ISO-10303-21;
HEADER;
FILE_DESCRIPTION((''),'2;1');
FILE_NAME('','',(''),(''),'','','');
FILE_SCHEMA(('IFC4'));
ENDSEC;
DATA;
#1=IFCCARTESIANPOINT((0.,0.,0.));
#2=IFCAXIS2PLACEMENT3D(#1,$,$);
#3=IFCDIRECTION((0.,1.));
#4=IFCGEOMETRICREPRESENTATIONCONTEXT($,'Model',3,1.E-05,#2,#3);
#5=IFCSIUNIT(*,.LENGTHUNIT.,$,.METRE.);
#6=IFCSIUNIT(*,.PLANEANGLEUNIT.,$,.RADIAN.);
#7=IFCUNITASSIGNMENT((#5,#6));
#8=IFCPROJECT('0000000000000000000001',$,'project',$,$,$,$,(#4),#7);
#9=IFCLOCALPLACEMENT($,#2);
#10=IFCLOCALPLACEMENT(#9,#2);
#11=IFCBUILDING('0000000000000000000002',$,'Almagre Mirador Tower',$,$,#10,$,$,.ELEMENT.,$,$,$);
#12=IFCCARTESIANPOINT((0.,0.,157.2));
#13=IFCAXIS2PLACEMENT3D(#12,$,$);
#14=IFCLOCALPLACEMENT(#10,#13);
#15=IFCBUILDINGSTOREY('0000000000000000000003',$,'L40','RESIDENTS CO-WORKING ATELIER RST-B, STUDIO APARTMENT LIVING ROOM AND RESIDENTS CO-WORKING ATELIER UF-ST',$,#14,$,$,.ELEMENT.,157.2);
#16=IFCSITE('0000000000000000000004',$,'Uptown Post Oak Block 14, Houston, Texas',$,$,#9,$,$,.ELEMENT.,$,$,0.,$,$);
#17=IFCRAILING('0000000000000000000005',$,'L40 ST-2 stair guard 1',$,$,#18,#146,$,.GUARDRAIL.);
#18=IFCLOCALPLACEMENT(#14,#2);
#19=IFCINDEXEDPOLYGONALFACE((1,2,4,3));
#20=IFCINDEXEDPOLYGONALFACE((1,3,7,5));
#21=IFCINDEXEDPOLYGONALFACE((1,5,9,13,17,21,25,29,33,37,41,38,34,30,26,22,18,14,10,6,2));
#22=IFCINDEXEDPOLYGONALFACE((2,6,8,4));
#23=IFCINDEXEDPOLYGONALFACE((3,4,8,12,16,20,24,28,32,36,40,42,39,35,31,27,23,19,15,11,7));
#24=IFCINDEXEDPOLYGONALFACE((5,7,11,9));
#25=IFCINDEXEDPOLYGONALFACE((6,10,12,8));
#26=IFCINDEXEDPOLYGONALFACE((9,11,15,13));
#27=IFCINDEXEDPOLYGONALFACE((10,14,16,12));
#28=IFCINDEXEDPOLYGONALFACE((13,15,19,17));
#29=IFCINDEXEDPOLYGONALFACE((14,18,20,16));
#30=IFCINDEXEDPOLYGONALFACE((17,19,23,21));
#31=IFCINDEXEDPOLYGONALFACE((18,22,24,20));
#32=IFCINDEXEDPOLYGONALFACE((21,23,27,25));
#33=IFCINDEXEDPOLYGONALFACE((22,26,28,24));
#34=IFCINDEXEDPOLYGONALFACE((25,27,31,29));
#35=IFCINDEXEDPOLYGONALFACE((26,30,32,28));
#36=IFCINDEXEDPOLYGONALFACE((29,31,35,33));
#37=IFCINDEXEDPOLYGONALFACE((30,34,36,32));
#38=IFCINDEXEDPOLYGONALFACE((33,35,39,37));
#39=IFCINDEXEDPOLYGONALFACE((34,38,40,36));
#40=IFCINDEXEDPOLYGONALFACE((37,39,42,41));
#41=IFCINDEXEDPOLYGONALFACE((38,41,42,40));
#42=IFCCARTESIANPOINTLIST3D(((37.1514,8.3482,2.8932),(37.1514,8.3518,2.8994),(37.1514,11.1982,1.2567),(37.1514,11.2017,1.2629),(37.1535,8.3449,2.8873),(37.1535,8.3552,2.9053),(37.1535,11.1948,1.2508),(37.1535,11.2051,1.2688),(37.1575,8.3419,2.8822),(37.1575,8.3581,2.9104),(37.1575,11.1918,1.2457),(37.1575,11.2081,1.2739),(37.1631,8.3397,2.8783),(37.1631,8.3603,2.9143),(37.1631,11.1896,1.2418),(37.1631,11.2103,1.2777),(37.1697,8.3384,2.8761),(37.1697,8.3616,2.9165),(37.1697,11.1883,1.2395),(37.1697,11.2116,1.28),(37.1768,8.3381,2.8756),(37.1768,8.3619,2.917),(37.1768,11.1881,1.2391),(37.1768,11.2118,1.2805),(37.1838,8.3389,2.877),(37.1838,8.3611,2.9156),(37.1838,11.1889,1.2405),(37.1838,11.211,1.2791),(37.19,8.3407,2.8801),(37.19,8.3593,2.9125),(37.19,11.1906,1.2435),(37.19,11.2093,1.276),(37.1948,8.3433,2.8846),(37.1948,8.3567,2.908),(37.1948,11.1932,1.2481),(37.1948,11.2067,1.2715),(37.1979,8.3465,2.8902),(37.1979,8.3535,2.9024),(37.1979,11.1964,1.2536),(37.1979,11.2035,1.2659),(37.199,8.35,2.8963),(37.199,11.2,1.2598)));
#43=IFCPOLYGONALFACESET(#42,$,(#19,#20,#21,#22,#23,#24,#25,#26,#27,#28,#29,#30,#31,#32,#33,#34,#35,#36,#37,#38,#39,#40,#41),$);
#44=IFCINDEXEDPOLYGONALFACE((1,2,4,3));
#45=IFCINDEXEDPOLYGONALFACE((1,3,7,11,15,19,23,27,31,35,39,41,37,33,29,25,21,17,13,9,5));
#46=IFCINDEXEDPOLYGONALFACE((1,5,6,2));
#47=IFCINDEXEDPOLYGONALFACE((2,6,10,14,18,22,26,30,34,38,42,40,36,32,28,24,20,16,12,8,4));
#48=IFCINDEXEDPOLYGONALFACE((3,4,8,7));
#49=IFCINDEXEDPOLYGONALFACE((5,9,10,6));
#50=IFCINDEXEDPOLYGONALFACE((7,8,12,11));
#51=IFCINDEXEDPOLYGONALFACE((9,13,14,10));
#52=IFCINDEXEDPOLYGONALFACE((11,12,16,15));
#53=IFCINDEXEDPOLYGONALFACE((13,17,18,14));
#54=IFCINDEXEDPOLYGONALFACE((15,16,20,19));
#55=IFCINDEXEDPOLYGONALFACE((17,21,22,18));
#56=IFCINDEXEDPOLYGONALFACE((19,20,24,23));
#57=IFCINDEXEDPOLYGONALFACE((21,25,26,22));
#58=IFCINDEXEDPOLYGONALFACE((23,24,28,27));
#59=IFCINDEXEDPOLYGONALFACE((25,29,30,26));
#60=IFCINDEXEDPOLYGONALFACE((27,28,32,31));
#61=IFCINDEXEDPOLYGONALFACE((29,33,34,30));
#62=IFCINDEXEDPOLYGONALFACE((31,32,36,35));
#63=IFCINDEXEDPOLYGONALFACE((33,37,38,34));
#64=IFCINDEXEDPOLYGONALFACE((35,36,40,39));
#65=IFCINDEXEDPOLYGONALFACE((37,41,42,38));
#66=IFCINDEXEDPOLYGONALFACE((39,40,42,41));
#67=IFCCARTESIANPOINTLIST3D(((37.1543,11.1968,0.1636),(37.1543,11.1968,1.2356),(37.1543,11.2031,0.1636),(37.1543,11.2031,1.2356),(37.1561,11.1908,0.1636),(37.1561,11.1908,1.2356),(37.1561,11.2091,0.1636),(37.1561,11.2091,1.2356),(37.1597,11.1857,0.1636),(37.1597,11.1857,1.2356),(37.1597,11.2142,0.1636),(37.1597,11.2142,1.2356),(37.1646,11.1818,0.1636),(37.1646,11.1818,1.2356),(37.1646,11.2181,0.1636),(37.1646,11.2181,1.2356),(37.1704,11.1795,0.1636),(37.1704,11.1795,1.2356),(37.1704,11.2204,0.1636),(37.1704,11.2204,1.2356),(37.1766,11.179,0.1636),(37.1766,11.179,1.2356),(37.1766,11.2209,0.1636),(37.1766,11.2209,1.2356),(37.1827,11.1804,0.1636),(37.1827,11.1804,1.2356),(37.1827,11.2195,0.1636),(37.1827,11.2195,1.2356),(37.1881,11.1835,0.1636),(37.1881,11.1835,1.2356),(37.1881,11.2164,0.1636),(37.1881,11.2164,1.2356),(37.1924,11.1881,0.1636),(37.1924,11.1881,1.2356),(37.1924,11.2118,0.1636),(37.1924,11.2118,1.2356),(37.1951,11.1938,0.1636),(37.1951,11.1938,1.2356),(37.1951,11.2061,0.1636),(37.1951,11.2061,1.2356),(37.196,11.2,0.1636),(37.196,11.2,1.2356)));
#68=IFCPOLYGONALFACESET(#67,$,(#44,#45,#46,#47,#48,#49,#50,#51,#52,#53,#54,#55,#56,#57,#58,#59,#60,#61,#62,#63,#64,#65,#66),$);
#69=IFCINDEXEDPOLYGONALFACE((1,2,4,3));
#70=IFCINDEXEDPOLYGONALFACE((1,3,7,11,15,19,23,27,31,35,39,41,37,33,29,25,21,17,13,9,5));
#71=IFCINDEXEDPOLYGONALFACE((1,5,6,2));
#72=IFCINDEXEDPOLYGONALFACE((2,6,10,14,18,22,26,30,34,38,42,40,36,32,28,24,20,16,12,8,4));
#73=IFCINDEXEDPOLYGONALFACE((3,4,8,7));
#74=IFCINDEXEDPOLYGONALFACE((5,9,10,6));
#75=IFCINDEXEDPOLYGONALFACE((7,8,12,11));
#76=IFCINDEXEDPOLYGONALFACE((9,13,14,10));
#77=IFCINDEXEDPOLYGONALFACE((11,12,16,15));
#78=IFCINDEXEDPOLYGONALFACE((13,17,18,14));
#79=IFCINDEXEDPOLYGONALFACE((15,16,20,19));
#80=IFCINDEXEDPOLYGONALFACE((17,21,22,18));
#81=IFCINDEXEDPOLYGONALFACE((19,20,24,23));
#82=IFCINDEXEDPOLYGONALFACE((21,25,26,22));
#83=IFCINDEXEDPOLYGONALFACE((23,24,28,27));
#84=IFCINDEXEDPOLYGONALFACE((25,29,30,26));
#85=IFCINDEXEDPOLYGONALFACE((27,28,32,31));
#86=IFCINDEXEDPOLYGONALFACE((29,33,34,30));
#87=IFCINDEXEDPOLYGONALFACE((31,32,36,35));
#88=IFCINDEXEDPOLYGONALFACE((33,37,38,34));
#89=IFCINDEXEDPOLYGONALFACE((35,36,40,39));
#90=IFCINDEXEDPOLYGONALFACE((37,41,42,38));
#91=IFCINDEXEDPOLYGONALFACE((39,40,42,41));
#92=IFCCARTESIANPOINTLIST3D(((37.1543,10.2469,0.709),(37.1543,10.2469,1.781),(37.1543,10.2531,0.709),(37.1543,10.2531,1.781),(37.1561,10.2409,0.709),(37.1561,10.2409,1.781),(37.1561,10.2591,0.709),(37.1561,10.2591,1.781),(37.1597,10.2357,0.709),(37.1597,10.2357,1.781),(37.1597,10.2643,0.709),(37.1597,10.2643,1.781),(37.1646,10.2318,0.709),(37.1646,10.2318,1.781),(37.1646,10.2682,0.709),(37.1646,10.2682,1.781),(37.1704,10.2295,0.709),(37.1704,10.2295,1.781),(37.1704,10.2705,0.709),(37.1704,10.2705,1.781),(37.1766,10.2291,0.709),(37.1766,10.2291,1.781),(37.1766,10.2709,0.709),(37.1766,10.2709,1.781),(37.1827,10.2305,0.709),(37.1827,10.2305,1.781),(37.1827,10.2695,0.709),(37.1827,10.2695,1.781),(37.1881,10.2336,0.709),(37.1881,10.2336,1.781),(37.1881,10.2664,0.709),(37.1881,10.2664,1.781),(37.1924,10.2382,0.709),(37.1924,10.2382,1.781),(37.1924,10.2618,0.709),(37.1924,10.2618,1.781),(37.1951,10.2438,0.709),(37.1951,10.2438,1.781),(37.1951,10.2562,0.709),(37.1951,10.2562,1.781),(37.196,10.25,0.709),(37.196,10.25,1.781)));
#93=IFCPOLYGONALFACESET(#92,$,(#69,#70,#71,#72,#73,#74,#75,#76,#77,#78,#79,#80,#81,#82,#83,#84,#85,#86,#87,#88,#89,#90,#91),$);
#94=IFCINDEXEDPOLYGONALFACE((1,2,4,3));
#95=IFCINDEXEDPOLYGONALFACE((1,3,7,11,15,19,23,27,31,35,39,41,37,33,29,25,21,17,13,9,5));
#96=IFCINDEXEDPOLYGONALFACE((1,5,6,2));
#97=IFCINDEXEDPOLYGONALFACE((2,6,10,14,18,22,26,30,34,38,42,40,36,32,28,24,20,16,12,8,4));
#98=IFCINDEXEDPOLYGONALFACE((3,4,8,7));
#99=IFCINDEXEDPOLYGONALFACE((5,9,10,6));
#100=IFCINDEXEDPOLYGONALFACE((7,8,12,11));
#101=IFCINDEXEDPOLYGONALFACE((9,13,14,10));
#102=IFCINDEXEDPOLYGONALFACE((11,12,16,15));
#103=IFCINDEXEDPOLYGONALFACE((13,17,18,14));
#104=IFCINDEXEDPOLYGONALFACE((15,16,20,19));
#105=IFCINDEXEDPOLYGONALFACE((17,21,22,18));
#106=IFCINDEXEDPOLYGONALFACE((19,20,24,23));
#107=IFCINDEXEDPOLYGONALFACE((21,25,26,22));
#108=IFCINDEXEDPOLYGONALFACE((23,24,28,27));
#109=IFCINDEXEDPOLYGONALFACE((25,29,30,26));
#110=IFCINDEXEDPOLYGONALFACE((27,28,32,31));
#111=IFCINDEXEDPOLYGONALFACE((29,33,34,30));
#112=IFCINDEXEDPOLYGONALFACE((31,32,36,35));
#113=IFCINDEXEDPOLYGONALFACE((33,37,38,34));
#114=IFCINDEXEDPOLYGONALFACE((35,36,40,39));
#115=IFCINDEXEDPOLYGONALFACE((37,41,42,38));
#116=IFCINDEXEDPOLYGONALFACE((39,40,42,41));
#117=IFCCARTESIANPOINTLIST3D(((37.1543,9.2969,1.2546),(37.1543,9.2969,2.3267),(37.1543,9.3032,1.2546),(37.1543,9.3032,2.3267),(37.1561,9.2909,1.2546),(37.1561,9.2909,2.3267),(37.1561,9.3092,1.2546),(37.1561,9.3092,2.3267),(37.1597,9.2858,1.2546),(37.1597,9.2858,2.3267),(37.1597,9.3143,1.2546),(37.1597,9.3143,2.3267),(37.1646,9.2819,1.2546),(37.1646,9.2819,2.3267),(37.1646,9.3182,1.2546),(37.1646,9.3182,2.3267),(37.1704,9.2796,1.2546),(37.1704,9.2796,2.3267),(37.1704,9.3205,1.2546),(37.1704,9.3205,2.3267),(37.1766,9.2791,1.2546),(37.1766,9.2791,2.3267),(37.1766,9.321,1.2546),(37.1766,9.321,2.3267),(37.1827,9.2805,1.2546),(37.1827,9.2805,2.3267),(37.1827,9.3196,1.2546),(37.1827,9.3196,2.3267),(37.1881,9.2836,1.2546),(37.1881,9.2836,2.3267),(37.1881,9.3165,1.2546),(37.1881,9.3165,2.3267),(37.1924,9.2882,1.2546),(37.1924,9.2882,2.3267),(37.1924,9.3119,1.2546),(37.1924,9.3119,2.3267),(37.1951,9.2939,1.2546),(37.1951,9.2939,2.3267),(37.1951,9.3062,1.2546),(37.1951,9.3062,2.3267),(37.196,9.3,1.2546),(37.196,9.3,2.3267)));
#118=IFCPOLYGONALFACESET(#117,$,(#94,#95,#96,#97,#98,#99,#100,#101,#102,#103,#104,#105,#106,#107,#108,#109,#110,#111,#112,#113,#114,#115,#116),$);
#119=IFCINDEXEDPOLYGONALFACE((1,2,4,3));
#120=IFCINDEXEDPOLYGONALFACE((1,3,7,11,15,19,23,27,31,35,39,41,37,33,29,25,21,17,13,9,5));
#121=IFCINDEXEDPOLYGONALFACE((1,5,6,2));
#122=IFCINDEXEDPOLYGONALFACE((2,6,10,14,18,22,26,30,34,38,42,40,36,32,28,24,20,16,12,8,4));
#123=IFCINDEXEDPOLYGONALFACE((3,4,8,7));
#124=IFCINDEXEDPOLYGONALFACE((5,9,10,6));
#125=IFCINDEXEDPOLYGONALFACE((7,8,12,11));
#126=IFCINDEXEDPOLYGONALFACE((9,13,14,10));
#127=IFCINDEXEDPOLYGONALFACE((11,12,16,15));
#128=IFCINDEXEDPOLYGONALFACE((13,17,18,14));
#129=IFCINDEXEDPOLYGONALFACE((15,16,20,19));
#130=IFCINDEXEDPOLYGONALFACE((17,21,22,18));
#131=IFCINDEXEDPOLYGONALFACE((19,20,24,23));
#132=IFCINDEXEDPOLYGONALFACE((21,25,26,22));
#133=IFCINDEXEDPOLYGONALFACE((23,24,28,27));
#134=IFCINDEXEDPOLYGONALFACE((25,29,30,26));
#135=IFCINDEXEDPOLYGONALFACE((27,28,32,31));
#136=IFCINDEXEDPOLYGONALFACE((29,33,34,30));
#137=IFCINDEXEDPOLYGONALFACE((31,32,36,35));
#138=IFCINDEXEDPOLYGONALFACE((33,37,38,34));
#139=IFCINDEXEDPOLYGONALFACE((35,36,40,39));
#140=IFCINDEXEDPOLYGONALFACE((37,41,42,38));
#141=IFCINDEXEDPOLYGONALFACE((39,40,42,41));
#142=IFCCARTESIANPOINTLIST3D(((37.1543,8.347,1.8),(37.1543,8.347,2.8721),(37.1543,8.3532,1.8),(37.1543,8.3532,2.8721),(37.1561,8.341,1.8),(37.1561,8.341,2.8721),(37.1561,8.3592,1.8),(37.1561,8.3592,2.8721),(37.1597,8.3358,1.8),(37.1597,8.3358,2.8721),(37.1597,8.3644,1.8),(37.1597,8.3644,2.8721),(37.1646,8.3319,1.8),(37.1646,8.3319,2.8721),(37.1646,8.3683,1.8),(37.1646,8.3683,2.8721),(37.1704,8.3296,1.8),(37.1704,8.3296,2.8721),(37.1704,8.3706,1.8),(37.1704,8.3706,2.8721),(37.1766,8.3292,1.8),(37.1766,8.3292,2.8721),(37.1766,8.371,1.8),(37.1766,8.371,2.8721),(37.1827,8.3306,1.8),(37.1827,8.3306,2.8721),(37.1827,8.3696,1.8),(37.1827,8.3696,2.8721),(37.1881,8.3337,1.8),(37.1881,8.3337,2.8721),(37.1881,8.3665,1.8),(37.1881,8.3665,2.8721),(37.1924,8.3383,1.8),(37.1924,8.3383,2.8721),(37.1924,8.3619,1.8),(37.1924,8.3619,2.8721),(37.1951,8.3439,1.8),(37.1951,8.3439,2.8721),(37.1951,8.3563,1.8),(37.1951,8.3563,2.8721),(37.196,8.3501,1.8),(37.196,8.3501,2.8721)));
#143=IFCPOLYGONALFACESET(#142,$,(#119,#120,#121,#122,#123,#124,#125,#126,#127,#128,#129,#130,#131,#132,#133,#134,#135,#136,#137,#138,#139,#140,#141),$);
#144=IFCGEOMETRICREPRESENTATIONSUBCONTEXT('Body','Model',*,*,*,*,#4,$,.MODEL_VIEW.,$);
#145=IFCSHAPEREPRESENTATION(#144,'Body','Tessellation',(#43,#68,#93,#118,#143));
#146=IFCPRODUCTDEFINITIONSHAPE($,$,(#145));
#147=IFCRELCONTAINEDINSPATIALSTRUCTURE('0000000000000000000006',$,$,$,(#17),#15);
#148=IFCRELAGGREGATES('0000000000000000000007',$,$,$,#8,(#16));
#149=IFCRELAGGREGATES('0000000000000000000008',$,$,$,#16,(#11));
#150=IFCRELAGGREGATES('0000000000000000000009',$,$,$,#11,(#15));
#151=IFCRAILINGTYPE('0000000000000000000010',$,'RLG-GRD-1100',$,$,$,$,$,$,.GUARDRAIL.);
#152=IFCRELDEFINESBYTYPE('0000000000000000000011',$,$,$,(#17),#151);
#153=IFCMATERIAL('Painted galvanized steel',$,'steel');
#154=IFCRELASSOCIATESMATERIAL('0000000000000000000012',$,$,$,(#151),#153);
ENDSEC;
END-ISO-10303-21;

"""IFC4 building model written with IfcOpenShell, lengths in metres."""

from ifc_helpers import new_model, si_unit, direction, frame, origin, origin_2d, place, context, subcontext, project, spatial, circle, extrude, material, type_object, element, save


model = new_model("IFC4")

# Units and contexts
model_context = context("Model", 3, precision=1e-05, world=origin(), true_north=direction((0.0, 1.0)))
body_context = subcontext(model_context, "Body", "Model", "MODEL_VIEW")
ifc_project = project(units=[si_unit("LENGTHUNIT", "METRE"), si_unit("PLANEANGLEUNIT", "RADIAN")], contexts=[model_context])

# Site, building, storey
site_placement = place(None, origin())
site = spatial("IfcSite", under=ifc_project, at=site_placement, Name="Uptown Post Oak Block 14, Houston, Texas", CompositionType="ELEMENT", RefElevation=0.0)
building_placement = place(site_placement, origin())
building = spatial("IfcBuilding", under=site, at=building_placement, Name="Almagre Mirador Tower", CompositionType="ELEMENT")
storey_placement = place(building_placement, frame((0.0, 0.0, 157.2)))
storey = spatial("IfcBuildingStorey", under=building, at=storey_placement, Name="L40", Description="RESIDENTS CO-WORKING ATELIER RST-B, STUDIO APARTMENT LIVING ROOM AND RESIDENTS CO-WORKING ATELIER UF-ST", CompositionType="ELEMENT", Elevation=157.2)

# Railing
ifc_material_1 = material(Name="Painted galvanized steel", Category="steel")
railing_type_1 = type_object("IfcRailingType", Name="RLG-GRD-1100", PredefinedType="GUARDRAIL", material=ifc_material_1)
railing_1_placement = place(storey_placement, frame((37.175, 11.2, 0.1636)))
element("IfcRailing", 1, at=railing_1_placement, inside=storey, type_object=railing_type_1, Name="L40 ST-2 stair guard 1", PredefinedType="GUARDRAIL", context=body_context, shape_type="SweptSolid", body=[
    extrude(circle(Radius=0.0239, at=origin_2d()), frame((0.0, 0.0, 1.0962), z_axis=(0.0, -0.867194, 0.49797), x_axis=(1.0, 0.0, 0.0)), (0.0, 0.0, 1.0), 3.2864),
    extrude(circle(Radius=0.021, at=origin_2d()), origin(), (0.0, 0.0, 1.0), 1.072),
    extrude(circle(Radius=0.021, at=origin_2d()), frame((0.0, -0.95, 0.5454)), (0.0, 0.0, 1.0), 1.072),
    extrude(circle(Radius=0.021, at=origin_2d()), frame((0.0, -1.8999, 1.0911)), (0.0, 0.0, 1.0), 1.072),
    extrude(circle(Radius=0.021, at=origin_2d()), frame((0.0, -2.8499, 1.6365)), (0.0, 0.0, 1.0), 1.072),
])

save(model, "model.ifc")
